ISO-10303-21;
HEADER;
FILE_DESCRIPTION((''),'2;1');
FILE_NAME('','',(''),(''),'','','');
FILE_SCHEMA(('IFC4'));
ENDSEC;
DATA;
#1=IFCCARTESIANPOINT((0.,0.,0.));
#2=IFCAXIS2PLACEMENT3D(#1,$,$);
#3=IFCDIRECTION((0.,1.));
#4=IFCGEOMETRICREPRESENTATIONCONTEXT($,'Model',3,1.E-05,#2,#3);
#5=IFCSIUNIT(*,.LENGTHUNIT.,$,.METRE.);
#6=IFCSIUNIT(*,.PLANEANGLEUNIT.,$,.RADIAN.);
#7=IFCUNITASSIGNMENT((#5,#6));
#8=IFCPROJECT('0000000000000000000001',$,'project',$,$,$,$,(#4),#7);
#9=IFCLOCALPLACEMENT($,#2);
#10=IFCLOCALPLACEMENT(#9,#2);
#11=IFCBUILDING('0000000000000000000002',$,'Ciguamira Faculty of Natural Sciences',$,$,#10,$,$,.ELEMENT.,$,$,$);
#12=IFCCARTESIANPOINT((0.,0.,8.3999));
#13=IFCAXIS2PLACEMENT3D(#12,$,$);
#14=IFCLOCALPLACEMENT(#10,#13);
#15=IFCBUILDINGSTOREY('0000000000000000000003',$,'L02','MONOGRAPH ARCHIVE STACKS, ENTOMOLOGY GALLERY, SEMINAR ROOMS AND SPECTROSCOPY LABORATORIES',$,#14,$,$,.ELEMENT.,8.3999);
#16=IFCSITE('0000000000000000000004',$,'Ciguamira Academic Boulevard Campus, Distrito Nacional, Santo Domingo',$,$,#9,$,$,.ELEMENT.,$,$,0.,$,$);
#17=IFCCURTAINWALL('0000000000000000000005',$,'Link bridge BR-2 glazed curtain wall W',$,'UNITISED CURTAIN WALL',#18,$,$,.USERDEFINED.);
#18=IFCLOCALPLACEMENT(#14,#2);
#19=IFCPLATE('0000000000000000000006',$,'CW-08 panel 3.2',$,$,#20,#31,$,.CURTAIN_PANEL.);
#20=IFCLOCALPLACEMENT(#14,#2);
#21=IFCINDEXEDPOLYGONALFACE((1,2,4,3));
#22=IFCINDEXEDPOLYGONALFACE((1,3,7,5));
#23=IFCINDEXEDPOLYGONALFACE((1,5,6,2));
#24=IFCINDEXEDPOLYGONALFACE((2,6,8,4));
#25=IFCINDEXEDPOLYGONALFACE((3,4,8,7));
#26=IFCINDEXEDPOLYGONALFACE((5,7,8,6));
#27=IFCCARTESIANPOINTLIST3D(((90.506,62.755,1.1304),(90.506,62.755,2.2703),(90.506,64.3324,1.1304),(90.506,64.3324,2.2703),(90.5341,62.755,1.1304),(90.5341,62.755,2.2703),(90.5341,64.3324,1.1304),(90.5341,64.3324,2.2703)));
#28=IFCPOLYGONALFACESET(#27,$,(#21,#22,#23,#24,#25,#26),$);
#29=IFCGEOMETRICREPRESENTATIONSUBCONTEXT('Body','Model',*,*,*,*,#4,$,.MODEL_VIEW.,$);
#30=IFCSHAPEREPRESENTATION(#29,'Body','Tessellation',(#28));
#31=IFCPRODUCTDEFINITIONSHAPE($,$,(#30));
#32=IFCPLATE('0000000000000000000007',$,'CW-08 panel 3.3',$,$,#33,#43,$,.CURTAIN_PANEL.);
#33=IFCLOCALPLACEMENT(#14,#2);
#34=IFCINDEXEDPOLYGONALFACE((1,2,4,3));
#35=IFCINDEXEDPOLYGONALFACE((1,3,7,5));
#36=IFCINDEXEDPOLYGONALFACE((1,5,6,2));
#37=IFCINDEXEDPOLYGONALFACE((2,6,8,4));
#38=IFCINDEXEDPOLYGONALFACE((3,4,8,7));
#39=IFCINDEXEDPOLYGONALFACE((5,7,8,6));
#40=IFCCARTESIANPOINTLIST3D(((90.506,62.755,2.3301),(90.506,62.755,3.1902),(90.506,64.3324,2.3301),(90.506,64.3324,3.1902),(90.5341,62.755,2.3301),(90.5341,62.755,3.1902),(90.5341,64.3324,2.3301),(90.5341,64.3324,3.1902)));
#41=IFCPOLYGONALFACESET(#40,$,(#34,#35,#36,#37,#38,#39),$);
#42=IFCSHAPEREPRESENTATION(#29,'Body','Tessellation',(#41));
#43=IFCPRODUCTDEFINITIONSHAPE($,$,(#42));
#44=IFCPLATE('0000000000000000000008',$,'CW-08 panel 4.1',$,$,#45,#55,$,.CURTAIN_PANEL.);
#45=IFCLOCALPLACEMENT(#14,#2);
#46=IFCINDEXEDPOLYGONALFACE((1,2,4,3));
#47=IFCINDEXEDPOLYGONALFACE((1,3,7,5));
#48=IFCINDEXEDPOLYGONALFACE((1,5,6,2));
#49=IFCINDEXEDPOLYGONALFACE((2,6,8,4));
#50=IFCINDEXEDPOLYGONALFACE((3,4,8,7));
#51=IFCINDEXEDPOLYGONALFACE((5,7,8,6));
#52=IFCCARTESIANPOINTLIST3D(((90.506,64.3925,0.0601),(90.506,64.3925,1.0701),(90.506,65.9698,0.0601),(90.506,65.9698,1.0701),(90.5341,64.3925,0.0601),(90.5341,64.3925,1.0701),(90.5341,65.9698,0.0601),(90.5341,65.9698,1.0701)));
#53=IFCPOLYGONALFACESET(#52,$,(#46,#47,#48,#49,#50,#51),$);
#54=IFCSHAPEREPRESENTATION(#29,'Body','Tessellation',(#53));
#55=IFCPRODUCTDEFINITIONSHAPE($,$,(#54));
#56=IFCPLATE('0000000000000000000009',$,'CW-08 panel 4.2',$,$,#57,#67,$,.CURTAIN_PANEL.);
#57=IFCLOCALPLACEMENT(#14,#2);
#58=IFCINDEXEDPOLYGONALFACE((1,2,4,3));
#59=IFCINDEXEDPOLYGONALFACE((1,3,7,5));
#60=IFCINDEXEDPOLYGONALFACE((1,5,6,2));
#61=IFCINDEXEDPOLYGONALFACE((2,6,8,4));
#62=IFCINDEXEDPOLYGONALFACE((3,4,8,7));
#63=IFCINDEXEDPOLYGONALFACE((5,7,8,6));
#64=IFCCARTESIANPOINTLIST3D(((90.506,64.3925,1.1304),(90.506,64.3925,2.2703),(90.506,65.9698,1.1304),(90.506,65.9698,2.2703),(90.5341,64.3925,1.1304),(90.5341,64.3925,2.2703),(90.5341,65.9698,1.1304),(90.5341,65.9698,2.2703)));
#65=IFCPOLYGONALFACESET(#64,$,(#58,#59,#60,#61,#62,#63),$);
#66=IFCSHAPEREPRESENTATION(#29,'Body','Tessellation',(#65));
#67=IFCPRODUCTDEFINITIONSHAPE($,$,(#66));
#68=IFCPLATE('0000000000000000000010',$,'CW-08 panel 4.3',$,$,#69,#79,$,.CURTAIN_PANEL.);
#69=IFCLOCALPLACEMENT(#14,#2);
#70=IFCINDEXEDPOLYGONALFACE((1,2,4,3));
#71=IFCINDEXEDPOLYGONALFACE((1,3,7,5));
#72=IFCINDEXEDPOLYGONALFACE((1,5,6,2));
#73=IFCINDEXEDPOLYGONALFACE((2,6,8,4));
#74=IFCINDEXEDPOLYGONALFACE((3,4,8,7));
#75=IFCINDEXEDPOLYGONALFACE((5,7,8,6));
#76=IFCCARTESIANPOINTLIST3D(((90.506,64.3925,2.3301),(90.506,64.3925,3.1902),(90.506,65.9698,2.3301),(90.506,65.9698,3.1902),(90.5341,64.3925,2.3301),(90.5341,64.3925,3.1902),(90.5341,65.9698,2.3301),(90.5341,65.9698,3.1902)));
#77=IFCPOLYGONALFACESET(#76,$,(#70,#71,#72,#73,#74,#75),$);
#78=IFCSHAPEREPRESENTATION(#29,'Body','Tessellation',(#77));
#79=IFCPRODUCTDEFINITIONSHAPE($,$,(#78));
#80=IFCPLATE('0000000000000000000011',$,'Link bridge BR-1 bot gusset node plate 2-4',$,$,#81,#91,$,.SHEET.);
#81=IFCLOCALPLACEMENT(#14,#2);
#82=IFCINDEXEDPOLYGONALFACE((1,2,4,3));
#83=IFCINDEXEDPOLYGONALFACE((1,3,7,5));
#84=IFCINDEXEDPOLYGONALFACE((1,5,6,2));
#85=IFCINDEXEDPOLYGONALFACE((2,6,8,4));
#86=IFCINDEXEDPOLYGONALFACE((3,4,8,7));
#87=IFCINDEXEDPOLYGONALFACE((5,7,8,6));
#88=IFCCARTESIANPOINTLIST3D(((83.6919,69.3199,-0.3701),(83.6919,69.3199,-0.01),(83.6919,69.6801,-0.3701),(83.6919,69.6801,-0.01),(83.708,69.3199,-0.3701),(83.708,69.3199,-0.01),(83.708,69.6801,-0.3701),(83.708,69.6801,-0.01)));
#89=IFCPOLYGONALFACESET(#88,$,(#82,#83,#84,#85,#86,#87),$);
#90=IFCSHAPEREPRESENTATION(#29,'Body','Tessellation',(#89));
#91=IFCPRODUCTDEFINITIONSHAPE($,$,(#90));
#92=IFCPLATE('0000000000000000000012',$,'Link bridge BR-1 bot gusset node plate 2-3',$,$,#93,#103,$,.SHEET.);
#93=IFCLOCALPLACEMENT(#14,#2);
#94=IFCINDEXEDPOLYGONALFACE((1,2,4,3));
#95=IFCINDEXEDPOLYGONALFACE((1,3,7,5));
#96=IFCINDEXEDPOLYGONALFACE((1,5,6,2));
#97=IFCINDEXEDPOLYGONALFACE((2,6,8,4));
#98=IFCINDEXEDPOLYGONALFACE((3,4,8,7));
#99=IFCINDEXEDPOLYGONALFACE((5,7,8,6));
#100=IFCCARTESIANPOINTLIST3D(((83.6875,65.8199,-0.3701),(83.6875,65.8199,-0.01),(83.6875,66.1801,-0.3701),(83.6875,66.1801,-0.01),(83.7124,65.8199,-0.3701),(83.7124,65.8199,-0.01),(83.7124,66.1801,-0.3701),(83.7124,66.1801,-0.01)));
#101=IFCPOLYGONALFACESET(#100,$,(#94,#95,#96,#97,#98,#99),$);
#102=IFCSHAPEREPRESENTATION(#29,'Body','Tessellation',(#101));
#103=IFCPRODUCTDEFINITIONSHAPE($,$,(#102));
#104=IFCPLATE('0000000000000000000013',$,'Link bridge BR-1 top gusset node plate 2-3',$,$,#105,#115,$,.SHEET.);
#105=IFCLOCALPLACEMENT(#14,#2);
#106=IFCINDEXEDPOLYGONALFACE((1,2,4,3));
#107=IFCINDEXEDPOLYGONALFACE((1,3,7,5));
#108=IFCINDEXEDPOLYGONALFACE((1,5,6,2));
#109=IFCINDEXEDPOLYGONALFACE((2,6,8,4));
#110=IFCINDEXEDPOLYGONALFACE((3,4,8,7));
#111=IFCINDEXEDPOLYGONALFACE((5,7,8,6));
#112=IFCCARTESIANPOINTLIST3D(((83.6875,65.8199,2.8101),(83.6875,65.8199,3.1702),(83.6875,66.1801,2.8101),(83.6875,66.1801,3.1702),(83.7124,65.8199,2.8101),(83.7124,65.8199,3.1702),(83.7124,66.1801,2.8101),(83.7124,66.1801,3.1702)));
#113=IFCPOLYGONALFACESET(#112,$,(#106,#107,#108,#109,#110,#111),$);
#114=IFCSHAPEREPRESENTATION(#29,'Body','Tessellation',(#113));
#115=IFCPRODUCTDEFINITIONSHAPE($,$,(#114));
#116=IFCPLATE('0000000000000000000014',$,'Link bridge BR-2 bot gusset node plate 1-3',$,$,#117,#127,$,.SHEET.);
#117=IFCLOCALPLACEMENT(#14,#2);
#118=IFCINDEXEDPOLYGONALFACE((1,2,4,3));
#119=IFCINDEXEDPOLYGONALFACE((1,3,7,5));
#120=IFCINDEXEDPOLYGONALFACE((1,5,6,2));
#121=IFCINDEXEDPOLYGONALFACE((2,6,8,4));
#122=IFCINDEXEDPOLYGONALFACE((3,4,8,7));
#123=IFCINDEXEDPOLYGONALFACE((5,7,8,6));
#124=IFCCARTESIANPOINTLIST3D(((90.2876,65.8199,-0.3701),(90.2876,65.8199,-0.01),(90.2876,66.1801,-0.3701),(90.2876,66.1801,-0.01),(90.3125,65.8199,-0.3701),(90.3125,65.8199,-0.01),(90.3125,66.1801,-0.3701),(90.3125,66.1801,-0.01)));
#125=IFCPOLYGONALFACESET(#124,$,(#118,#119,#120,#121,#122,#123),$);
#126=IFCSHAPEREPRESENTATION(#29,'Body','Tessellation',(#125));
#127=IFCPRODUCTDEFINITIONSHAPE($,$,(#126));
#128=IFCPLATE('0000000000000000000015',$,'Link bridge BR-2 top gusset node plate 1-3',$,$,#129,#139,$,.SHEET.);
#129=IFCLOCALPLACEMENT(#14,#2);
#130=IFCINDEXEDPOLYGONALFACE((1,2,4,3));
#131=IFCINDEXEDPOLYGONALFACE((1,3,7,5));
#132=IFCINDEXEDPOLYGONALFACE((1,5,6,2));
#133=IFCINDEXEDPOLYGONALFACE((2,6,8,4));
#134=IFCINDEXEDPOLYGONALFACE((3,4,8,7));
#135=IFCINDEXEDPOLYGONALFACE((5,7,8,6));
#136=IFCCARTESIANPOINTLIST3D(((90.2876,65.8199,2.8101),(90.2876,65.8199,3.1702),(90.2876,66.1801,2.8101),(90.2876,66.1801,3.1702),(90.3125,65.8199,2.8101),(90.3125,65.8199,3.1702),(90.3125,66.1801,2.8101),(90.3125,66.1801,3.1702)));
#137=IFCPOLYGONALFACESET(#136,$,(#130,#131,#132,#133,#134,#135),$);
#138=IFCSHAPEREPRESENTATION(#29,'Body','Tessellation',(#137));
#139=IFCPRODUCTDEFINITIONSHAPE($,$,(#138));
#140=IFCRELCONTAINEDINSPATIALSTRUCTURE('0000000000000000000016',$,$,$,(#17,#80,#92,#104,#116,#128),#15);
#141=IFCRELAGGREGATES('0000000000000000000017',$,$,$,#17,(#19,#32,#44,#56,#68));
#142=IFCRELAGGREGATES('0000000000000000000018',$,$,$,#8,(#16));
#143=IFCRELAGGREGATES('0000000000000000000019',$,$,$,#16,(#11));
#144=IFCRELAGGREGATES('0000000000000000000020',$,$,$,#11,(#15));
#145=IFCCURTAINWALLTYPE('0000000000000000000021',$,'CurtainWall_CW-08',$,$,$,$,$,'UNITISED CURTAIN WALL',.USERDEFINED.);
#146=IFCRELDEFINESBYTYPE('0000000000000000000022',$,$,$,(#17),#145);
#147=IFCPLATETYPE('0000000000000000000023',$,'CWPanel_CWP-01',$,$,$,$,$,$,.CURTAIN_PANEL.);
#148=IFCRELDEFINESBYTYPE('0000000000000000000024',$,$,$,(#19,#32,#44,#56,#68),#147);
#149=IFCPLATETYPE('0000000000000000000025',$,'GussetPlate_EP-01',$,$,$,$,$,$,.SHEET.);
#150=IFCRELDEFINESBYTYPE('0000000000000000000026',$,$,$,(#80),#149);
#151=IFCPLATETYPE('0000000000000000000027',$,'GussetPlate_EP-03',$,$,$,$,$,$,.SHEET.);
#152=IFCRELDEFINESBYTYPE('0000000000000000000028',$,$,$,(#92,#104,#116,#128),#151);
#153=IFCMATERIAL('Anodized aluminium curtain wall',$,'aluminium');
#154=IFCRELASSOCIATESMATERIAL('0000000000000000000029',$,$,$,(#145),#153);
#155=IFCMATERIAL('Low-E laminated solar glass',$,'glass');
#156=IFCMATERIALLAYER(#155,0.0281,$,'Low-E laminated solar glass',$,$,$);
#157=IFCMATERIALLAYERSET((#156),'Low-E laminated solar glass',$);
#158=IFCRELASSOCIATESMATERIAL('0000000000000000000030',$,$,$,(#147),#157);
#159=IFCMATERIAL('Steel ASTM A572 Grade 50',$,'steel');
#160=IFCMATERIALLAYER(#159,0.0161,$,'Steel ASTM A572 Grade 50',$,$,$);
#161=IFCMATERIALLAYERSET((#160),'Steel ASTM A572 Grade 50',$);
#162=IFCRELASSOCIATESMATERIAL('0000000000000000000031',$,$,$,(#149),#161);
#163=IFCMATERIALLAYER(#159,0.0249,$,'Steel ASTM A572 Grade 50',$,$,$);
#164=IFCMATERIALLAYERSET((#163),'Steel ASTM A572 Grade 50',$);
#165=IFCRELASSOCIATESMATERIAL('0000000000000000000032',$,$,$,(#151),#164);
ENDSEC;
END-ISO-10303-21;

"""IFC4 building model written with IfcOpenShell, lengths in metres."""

from ifc_helpers import new_model, si_unit, direction, frame, origin, origin_2d, place, context, subcontext, project, spatial, rectangle, extrude, material, layer, layer_set, type_object, element, aggregate, save


model = new_model("IFC4")

# Units and contexts
model_context = context("Model", 3, precision=1e-05, world=origin(), true_north=direction((0.0, 1.0)))
body_context = subcontext(model_context, "Body", "Model", "MODEL_VIEW")
ifc_project = project(units=[si_unit("LENGTHUNIT", "METRE"), si_unit("PLANEANGLEUNIT", "RADIAN")], contexts=[model_context])

# Site, building, storey
site_placement = place(None, origin())
site = spatial("IfcSite", under=ifc_project, at=site_placement, Name="Ciguamira Academic Boulevard Campus, Distrito Nacional, Santo Domingo", CompositionType="ELEMENT", RefElevation=0.0)
building_placement = place(site_placement, origin())
building = spatial("IfcBuilding", under=site, at=building_placement, Name="Ciguamira Faculty of Natural Sciences", CompositionType="ELEMENT")
storey_placement = place(building_placement, frame((0.0, 0.0, 8.3999)))
storey = spatial("IfcBuildingStorey", under=building, at=storey_placement, Name="L02", Description="MONOGRAPH ARCHIVE STACKS, ENTOMOLOGY GALLERY, SEMINAR ROOMS AND SPECTROSCOPY LABORATORIES", CompositionType="ELEMENT", Elevation=8.3999)

# Curtain wall
ifc_material_1 = material(Name="Anodized aluminium curtain wall", Category="aluminium")
curtain_wall_type = type_object("IfcCurtainWallType", Name="CurtainWall_CW-08", ElementType="UNITISED CURTAIN WALL", PredefinedType="USERDEFINED", material=ifc_material_1)
curtain_wall_placement = place(storey_placement, origin())
curtain_wall = element("IfcCurtainWall", 1, at=curtain_wall_placement, inside=storey, type_object=curtain_wall_type, Name="Link bridge BR-2 glazed curtain wall W", ObjectType="UNITISED CURTAIN WALL", PredefinedType="USERDEFINED")

# Plates
ifc_material_2 = material(Name="Low-E laminated solar glass", Category="glass")
ifc_layer_1 = layer(ifc_material_2, 0.0281, Name="Low-E laminated solar glass")
ifc_layer_set_1 = layer_set([ifc_layer_1], Name="Low-E laminated solar glass")
plate_type_1 = type_object("IfcPlateType", Name="CWPanel_CWP-01", PredefinedType="CURTAIN_PANEL", material=ifc_layer_set_1)
plate_1_placement = place(storey_placement, frame((90.52, 63.5437, 1.1304), z_axis=(0.0, 0.0, 1.0), x_axis=(0.0, 1.0, 0.0)))
plate_1 = element("IfcPlate", 2, at=plate_1_placement, type_object=plate_type_1, Name="CW-08 panel 3.2", PredefinedType="CURTAIN_PANEL", context=body_context, shape_type="SweptSolid", body=[
    extrude(rectangle(XDim=1.5774, YDim=0.0281, at=origin_2d()), origin(), (0.0, 0.0, 1.0), 1.1399),
])
plate_2_placement = place(storey_placement, frame((90.52, 63.5437, 2.3301), z_axis=(0.0, 0.0, 1.0), x_axis=(0.0, 1.0, 0.0)))
plate_2 = element("IfcPlate", 3, at=plate_2_placement, type_object=plate_type_1, Name="CW-08 panel 3.3", PredefinedType="CURTAIN_PANEL", context=body_context, shape_type="SweptSolid", body=[
    extrude(rectangle(XDim=1.5774, YDim=0.0281, at=origin_2d()), origin(), (0.0, 0.0, 1.0), 0.8601),
])
plate_3_placement = place(storey_placement, frame((90.52, 65.1812, 0.0601), z_axis=(0.0, 0.0, 1.0), x_axis=(0.0, 1.0, 0.0)))
plate_3 = element("IfcPlate", 4, at=plate_3_placement, type_object=plate_type_1, Name="CW-08 panel 4.1", PredefinedType="CURTAIN_PANEL", context=body_context, shape_type="SweptSolid", body=[
    extrude(rectangle(XDim=1.5774, YDim=0.0281, at=origin_2d()), origin(), (0.0, 0.0, 1.0), 1.01),
])
plate_4_placement = place(storey_placement, frame((90.52, 65.1812, 1.1304), z_axis=(0.0, 0.0, 1.0), x_axis=(0.0, 1.0, 0.0)))
plate_4 = element("IfcPlate", 5, at=plate_4_placement, type_object=plate_type_1, Name="CW-08 panel 4.2", PredefinedType="CURTAIN_PANEL", context=body_context, shape_type="SweptSolid", body=[
    extrude(rectangle(XDim=1.5774, YDim=0.0281, at=origin_2d()), origin(), (0.0, 0.0, 1.0), 1.1399),
])
plate_5_placement = place(storey_placement, frame((90.52, 65.1812, 2.3301), z_axis=(0.0, 0.0, 1.0), x_axis=(0.0, 1.0, 0.0)))
plate_5 = element("IfcPlate", 6, at=plate_5_placement, type_object=plate_type_1, Name="CW-08 panel 4.3", PredefinedType="CURTAIN_PANEL", context=body_context, shape_type="SweptSolid", body=[
    extrude(rectangle(XDim=1.5774, YDim=0.0281, at=origin_2d()), origin(), (0.0, 0.0, 1.0), 0.8601),
])
aggregate(curtain_wall, [plate_1, plate_2, plate_3, plate_4, plate_5])

# Plates
ifc_material_3 = material(Name="Steel ASTM A572 Grade 50", Category="steel")
ifc_layer_2 = layer(ifc_material_3, 0.0161, Name="Steel ASTM A572 Grade 50")
ifc_layer_set_2 = layer_set([ifc_layer_2], Name="Steel ASTM A572 Grade 50")
plate_type_2 = type_object("IfcPlateType", Name="GussetPlate_EP-01", PredefinedType="SHEET", material=ifc_layer_set_2)
plate_6_placement = place(storey_placement, frame((83.7, 69.5, -0.3701), z_axis=(0.0, 0.0, 1.0), x_axis=(1.0, 0.0, 0.0)))
element("IfcPlate", 7, at=plate_6_placement, inside=storey, type_object=plate_type_2, Name="Link bridge BR-1 bot gusset node plate 2-4", PredefinedType="SHEET", context=body_context, shape_type="SweptSolid", body=[
    extrude(rectangle(XDim=0.0161, YDim=0.3601, at=origin_2d()), origin(), (0.0, 0.0, 1.0), 0.3601),
])
ifc_layer_3 = layer(ifc_material_3, 0.0249, Name="Steel ASTM A572 Grade 50")
ifc_layer_set_3 = layer_set([ifc_layer_3], Name="Steel ASTM A572 Grade 50")
plate_type_3 = type_object("IfcPlateType", Name="GussetPlate_EP-03", PredefinedType="SHEET", material=ifc_layer_set_3)
for number, where, z_axis, x_axis, name in (
    (8, (83.7, 66.0, -0.3701), (0.0, 0.0, 1.0), (1.0, 0.0, 0.0), "Link bridge BR-1 bot gusset node plate 2-3"),
    (9, (83.7, 66.0, 2.8101), (0.0, 0.0, 1.0), (1.0, 0.0, 0.0), "Link bridge BR-1 top gusset node plate 2-3"),
    (10, (90.3, 66.0, -0.3701), (0.0, 0.0, 1.0), (1.0, 0.0, 0.0), "Link bridge BR-2 bot gusset node plate 1-3"),
    (11, (90.3, 66.0, 2.8101), (0.0, 0.0, 1.0), (1.0, 0.0, 0.0), "Link bridge BR-2 top gusset node plate 1-3"),
):
    element("IfcPlate", number, at=place(storey_placement, frame(where, z_axis=z_axis, x_axis=x_axis)), inside=storey, type_object=plate_type_3, Name=name, PredefinedType="SHEET", context=body_context, shape_type="SweptSolid", body=[
        extrude(rectangle(XDim=0.0249, YDim=0.3601, at=origin_2d()), origin(), (0.0, 0.0, 1.0), 0.3601),
    ])

save(model, "model.ifc")
